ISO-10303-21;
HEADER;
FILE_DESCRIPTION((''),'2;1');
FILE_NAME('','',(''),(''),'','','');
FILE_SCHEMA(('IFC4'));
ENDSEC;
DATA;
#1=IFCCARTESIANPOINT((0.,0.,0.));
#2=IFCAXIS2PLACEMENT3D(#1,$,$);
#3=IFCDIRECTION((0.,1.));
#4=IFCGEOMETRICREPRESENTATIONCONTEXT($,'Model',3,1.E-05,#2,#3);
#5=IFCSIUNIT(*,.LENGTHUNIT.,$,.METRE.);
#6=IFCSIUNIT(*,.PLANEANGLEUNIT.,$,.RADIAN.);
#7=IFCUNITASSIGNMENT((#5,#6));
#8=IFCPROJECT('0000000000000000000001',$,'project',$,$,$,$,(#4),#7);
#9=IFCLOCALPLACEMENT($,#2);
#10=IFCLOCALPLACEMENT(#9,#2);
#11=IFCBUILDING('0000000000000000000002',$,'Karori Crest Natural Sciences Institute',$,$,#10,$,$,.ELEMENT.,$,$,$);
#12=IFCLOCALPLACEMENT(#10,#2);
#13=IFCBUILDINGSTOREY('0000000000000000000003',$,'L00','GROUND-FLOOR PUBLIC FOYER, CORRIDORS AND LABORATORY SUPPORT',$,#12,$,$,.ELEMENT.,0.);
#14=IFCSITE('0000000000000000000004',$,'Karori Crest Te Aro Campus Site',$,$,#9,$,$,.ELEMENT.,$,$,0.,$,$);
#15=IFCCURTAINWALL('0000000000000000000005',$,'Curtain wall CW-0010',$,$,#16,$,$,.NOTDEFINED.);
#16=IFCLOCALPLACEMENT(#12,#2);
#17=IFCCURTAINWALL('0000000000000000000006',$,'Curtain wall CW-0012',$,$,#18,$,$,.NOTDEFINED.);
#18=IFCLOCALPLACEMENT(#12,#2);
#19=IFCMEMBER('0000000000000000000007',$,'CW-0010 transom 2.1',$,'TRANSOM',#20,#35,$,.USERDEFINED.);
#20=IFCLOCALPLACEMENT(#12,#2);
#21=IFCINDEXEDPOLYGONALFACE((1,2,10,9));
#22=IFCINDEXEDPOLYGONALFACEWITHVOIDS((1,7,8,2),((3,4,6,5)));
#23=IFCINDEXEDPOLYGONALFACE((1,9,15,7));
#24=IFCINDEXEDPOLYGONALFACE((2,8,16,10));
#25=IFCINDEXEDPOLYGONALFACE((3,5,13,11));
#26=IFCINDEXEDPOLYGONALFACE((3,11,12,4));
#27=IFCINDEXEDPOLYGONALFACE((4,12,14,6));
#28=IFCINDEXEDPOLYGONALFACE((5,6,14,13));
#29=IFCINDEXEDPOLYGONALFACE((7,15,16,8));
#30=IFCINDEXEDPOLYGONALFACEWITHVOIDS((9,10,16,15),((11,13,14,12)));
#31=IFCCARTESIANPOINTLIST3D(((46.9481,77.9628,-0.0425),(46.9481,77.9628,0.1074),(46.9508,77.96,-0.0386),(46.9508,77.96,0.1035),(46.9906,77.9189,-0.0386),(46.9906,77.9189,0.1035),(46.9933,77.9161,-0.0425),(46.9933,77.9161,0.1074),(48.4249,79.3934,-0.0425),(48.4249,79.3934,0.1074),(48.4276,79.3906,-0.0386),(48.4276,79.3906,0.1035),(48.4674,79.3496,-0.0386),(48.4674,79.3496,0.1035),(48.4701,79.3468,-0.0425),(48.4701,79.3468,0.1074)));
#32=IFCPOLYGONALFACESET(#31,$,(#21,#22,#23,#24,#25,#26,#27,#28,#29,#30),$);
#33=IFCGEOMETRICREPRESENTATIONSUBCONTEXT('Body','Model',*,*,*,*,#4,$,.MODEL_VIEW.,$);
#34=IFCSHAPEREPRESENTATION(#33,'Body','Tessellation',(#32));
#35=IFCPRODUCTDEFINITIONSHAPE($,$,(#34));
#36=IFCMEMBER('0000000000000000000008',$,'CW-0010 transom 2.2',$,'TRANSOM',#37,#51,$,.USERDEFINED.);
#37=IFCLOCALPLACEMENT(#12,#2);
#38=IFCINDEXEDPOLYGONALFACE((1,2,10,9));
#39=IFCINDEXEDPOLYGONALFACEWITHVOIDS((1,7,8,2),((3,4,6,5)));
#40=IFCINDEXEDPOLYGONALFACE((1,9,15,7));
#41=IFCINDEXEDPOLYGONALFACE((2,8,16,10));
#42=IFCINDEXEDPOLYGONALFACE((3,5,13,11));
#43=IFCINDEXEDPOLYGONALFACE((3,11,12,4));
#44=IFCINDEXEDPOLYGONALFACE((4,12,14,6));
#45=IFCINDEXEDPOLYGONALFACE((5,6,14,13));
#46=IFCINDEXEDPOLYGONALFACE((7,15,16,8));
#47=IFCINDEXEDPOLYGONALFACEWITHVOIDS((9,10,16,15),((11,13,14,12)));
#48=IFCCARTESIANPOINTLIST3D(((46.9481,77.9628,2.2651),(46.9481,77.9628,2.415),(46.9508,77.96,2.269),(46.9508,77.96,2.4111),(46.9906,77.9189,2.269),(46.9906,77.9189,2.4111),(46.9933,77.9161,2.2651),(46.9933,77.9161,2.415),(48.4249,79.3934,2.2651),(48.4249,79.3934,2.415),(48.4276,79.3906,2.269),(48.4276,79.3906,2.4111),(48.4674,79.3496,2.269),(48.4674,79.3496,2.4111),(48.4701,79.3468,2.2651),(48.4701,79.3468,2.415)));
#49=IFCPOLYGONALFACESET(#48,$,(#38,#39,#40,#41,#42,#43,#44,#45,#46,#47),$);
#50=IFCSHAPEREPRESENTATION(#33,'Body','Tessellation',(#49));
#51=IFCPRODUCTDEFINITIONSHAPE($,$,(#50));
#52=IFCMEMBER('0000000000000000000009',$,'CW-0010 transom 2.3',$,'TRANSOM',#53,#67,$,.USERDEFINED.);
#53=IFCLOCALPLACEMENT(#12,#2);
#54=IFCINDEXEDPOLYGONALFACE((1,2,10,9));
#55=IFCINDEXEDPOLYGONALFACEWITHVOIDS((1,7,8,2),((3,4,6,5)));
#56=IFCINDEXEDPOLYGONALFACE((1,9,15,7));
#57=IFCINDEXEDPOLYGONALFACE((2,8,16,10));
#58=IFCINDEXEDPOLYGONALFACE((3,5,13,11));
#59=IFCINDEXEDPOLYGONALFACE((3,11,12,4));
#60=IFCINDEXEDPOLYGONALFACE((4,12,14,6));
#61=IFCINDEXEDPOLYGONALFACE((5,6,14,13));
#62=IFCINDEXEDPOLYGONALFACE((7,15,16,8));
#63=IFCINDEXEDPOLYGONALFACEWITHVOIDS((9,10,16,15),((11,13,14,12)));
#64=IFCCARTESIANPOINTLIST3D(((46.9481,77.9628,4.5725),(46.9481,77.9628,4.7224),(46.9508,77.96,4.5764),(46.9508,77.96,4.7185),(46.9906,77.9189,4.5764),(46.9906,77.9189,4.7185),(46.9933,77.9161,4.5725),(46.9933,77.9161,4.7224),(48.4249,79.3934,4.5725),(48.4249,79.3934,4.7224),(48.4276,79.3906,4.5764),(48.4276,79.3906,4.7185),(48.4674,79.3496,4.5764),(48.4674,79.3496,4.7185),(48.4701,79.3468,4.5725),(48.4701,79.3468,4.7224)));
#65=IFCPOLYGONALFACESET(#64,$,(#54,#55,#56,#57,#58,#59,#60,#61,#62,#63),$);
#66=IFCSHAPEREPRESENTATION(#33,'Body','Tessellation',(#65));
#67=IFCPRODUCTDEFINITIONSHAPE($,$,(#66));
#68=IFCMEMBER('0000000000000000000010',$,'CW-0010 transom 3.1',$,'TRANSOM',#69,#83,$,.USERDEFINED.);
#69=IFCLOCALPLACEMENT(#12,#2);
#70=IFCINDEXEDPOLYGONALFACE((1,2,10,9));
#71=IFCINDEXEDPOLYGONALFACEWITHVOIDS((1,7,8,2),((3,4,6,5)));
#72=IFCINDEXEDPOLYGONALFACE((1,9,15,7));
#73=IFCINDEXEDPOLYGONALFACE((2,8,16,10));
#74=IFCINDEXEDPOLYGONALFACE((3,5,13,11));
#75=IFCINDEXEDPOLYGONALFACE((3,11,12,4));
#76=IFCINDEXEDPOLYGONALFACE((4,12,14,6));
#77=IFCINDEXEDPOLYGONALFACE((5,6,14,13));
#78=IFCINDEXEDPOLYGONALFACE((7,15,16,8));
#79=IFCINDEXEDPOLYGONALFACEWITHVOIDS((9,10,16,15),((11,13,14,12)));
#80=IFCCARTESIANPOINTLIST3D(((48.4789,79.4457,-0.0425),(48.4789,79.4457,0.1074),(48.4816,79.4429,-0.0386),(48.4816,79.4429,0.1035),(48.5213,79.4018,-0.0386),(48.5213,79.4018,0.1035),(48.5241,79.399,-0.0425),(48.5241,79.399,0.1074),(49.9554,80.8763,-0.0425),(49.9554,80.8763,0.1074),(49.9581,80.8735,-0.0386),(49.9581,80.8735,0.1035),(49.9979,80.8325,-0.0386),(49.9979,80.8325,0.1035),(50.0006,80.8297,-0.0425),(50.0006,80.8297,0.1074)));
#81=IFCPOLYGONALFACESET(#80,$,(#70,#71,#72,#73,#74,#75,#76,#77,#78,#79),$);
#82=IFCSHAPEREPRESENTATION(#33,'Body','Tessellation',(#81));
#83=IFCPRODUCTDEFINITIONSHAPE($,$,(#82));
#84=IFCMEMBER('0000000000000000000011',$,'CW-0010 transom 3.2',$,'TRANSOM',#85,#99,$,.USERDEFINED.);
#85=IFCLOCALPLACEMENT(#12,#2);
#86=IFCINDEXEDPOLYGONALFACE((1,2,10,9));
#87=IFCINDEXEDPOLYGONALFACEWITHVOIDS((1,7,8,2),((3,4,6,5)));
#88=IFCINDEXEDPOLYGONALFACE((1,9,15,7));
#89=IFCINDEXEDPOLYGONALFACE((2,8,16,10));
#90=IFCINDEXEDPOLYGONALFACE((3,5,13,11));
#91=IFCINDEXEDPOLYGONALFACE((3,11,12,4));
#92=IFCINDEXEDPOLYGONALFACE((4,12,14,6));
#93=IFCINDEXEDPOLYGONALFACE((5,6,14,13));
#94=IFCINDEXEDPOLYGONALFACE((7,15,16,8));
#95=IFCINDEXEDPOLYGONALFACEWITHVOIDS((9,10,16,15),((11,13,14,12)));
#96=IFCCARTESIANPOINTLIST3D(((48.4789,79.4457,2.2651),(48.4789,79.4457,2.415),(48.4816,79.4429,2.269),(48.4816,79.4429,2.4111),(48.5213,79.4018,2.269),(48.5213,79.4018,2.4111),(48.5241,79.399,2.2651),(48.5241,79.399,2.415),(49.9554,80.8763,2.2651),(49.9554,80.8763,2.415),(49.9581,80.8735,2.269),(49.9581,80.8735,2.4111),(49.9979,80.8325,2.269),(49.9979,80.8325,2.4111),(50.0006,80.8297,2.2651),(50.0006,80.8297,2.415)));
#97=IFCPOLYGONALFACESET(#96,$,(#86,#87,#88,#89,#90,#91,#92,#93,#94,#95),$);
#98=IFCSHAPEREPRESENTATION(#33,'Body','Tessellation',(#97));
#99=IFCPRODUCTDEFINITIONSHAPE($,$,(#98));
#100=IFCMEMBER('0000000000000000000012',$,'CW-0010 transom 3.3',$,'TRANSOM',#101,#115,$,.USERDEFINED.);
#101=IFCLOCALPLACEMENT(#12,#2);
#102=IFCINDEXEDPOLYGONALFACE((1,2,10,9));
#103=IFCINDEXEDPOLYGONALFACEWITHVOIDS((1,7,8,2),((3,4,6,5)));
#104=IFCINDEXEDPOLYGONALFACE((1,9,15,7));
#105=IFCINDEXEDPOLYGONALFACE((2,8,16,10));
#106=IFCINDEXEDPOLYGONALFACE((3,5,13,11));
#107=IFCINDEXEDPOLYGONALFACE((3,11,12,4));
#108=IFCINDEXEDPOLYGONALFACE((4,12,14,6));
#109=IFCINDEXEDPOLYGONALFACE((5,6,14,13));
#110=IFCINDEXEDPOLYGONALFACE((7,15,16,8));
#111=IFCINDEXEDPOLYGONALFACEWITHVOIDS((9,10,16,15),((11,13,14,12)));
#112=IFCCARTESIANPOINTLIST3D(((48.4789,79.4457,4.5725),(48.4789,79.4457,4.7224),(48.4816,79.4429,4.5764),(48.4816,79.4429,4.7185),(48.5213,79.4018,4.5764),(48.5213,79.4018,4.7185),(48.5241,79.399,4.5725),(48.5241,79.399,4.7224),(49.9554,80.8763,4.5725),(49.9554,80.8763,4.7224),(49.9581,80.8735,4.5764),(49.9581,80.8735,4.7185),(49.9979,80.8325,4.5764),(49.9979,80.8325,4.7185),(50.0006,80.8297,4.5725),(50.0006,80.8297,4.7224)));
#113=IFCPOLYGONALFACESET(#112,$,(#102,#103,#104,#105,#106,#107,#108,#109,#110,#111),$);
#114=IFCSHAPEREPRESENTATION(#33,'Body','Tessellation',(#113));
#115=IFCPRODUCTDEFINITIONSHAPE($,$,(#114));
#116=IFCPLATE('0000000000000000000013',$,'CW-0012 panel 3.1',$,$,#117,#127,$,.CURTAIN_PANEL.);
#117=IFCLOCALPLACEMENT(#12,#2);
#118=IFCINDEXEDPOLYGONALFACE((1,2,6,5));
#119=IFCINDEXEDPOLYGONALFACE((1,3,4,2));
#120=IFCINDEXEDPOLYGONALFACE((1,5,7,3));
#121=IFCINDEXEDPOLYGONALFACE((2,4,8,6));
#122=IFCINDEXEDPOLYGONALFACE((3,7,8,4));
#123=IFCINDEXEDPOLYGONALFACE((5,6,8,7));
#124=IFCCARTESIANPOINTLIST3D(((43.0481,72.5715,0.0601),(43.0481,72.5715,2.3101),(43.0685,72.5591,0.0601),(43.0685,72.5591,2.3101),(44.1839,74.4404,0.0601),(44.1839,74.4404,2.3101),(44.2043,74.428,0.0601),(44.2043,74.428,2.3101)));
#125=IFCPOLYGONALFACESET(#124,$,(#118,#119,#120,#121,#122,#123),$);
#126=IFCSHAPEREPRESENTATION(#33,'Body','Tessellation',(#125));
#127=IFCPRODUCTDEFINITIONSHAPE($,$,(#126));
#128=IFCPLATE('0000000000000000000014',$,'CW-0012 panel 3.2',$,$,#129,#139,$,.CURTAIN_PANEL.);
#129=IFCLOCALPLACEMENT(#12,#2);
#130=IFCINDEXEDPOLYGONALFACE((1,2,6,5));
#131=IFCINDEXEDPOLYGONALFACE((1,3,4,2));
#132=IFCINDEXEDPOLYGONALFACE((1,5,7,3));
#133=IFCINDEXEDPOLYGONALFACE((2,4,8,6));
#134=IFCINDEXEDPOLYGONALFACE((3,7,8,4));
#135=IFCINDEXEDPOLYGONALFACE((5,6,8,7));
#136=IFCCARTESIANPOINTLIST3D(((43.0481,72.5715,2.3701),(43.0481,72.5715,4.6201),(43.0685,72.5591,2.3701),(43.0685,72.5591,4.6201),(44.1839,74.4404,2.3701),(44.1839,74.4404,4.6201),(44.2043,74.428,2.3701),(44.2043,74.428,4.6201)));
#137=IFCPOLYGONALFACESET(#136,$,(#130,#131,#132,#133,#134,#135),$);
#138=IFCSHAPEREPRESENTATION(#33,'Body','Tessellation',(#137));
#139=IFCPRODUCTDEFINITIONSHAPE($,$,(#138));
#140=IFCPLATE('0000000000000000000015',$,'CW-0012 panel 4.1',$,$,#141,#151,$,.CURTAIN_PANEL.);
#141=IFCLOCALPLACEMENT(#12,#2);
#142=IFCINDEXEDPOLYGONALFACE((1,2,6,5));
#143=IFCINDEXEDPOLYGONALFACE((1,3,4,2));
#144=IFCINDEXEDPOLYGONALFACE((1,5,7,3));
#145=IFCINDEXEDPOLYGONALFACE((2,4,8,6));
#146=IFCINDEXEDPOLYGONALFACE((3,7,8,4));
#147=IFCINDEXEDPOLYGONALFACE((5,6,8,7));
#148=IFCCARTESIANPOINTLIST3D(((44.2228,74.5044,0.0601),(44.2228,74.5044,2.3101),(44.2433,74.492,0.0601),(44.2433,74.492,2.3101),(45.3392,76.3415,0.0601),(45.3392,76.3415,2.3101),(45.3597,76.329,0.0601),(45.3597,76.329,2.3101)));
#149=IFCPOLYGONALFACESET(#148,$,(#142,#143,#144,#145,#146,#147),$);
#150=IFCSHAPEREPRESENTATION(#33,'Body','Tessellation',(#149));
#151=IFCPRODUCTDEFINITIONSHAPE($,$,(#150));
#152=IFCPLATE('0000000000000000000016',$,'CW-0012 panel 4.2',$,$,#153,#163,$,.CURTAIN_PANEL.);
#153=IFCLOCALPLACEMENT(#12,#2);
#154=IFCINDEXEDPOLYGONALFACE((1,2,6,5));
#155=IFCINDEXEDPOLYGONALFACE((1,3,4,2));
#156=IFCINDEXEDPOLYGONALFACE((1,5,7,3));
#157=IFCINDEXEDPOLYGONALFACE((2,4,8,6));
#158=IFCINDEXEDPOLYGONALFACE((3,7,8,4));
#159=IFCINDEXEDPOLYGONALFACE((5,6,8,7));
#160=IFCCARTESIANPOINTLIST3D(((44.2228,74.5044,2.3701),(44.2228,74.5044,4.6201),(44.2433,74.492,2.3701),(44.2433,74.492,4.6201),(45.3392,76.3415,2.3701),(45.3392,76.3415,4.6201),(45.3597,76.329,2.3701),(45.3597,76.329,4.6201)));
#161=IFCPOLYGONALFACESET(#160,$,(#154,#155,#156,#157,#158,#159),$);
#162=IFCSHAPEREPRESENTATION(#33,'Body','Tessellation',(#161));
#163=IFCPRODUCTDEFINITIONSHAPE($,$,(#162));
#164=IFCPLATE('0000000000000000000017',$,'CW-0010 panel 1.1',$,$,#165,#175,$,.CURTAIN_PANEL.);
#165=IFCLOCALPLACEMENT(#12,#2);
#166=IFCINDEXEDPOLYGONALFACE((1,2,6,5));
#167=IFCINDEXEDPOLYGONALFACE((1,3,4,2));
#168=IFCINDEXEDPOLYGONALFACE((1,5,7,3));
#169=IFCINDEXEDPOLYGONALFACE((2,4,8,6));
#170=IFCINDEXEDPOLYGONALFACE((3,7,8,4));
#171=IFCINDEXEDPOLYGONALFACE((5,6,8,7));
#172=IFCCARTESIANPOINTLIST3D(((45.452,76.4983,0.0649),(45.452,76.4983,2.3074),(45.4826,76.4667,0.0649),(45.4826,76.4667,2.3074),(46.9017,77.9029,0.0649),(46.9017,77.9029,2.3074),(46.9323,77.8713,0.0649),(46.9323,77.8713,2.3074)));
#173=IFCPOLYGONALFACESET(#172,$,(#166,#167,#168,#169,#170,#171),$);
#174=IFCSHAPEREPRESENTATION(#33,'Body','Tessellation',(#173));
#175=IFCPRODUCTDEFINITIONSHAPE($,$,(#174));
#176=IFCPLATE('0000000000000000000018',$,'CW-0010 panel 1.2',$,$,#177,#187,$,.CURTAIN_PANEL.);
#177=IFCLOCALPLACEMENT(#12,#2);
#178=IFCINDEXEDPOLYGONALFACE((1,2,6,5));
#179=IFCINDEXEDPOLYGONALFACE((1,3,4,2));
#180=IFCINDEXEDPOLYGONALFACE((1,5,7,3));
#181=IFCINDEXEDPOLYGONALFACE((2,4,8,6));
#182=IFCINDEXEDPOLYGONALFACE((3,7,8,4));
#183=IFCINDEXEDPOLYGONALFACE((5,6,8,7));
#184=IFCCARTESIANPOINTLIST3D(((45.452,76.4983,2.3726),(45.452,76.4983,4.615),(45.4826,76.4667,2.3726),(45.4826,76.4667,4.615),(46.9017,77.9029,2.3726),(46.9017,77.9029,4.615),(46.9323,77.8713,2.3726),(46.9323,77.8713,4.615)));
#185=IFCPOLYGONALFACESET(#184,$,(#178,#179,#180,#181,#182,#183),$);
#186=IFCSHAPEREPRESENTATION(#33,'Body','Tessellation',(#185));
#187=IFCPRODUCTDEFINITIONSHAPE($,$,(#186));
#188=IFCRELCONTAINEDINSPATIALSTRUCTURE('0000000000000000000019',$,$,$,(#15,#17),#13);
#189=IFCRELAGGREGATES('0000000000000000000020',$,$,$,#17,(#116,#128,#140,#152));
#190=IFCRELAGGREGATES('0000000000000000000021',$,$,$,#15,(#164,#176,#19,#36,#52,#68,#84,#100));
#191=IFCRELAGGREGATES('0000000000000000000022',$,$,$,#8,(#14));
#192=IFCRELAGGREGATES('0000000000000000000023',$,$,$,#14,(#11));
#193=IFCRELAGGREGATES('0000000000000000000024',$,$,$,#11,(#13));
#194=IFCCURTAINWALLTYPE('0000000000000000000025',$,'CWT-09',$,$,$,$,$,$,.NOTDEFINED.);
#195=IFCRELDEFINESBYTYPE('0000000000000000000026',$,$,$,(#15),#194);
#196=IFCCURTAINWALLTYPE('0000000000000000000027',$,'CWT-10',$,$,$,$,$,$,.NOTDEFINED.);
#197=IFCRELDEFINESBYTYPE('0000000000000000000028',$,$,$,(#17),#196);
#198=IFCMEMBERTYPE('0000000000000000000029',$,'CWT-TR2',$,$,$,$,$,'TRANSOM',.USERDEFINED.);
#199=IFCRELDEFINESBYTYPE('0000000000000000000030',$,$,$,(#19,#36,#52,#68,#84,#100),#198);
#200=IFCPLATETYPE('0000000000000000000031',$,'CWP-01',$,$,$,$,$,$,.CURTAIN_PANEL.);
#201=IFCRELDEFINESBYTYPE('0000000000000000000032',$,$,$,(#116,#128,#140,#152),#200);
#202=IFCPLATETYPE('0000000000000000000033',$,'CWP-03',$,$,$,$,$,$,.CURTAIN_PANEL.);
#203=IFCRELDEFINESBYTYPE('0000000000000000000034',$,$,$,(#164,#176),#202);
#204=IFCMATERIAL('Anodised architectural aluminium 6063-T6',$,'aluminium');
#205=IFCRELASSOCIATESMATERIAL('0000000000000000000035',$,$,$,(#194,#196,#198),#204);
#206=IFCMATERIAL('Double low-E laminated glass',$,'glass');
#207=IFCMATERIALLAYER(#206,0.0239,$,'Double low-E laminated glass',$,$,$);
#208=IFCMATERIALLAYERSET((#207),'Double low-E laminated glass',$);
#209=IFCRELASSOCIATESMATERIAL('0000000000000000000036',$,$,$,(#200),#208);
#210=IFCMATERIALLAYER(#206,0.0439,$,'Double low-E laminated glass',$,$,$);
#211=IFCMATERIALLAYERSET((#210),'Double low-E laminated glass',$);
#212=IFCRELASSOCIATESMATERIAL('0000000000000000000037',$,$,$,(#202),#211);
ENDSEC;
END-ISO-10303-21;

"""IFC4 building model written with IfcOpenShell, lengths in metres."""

from ifc_helpers import new_model, si_unit, direction, frame, origin, origin_2d, place, context, subcontext, project, spatial, rectangle, hollow_rectangle, extrude, material, layer, layer_set, material_profile, profile_set, type_object, element, aggregate, save


model = new_model("IFC4")

# Units and contexts
model_context = context("Model", 3, precision=1e-05, world=origin(), true_north=direction((0.0, 1.0)))
body_context = subcontext(model_context, "Body", "Model", "MODEL_VIEW")
ifc_project = project(units=[si_unit("LENGTHUNIT", "METRE"), si_unit("PLANEANGLEUNIT", "RADIAN")], contexts=[model_context])

# Site, building, storey
site_placement = place(None, origin())
site = spatial("IfcSite", under=ifc_project, at=site_placement, Name="Karori Crest Te Aro Campus Site", CompositionType="ELEMENT", RefElevation=0.0)
building_placement = place(site_placement, origin())
building = spatial("IfcBuilding", under=site, at=building_placement, Name="Karori Crest Natural Sciences Institute", CompositionType="ELEMENT")
storey_placement = place(building_placement, origin())
storey = spatial("IfcBuildingStorey", under=building, at=storey_placement, Name="L00", Description="GROUND-FLOOR PUBLIC FOYER, CORRIDORS AND LABORATORY SUPPORT", CompositionType="ELEMENT", Elevation=0.0)

# Curtain walls
ifc_material_1 = material(Name="Anodised architectural aluminium 6063-T6", Category="aluminium")
curtain_wall_type_1 = type_object("IfcCurtainWallType", Name="CWT-09", PredefinedType="NOTDEFINED", material=ifc_material_1)
curtain_wall_1_placement = place(storey_placement, origin())
curtain_wall_1 = element("IfcCurtainWall", 1, at=curtain_wall_1_placement, inside=storey, type_object=curtain_wall_type_1, Name="Curtain wall CW-0010", PredefinedType="NOTDEFINED")
curtain_wall_type_2 = type_object("IfcCurtainWallType", Name="CWT-10", PredefinedType="NOTDEFINED", material=ifc_material_1)
curtain_wall_2_placement = place(storey_placement, origin())
curtain_wall_2 = element("IfcCurtainWall", 2, at=curtain_wall_2_placement, inside=storey, type_object=curtain_wall_type_2, Name="Curtain wall CW-0012", PredefinedType="NOTDEFINED")

# Members
ifc_material_profile_1 = material_profile(ifc_material_1, hollow_rectangle(XDim=0.0649, YDim=0.1499, WallThickness=0.0039, at=origin_2d()), Name="CWT150x65x4")
ifc_profile_set_1 = profile_set([ifc_material_profile_1], Name="Anodised architectural aluminium 6063-T6")
member_type_1 = type_object("IfcMemberType", Name="CWT-TR2", ElementType="TRANSOM", PredefinedType="USERDEFINED", material=ifc_profile_set_1)
member_1_placement = place(storey_placement, frame((46.9707, 77.9395, 0.0325), z_axis=(0.718238, 0.695797, 0.0), x_axis=(-0.695797, 0.718238, 0.0)))
member_1 = element("IfcMember", 3, at=member_1_placement, type_object=member_type_1, Name="CW-0010 transom 2.1", ObjectType="TRANSOM", PredefinedType="USERDEFINED", context=body_context, shape_type="SweptSolid", body=[
    extrude(hollow_rectangle(XDim=0.0649, YDim=0.1499, WallThickness=0.0039, at=origin_2d()), origin(), (0.0, 0.0, 1.0), 2.0562),
])
member_2_placement = place(storey_placement, frame((46.9707, 77.9395, 2.3401), z_axis=(0.718238, 0.695797, 0.0), x_axis=(-0.695797, 0.718238, 0.0)))
member_2 = element("IfcMember", 4, at=member_2_placement, type_object=member_type_1, Name="CW-0010 transom 2.2", ObjectType="TRANSOM", PredefinedType="USERDEFINED", context=body_context, shape_type="SweptSolid", body=[
    extrude(hollow_rectangle(XDim=0.0649, YDim=0.1499, WallThickness=0.0039, at=origin_2d()), origin(), (0.0, 0.0, 1.0), 2.0562),
])
member_3_placement = place(storey_placement, frame((46.9707, 77.9395, 4.6475), z_axis=(0.718238, 0.695797, 0.0), x_axis=(-0.695797, 0.718238, 0.0)))
member_3 = element("IfcMember", 5, at=member_3_placement, type_object=member_type_1, Name="CW-0010 transom 2.3", ObjectType="TRANSOM", PredefinedType="USERDEFINED", context=body_context, shape_type="SweptSolid", body=[
    extrude(hollow_rectangle(XDim=0.0649, YDim=0.1499, WallThickness=0.0039, at=origin_2d()), origin(), (0.0, 0.0, 1.0), 2.0562),
])
member_4_placement = place(storey_placement, frame((48.5015, 79.4224, 0.0325), z_axis=(0.718181, 0.695856, 0.0), x_axis=(-0.695856, 0.718181, 0.0)))
member_4 = element("IfcMember", 6, at=member_4_placement, type_object=member_type_1, Name="CW-0010 transom 3.1", ObjectType="TRANSOM", PredefinedType="USERDEFINED", context=body_context, shape_type="SweptSolid", body=[
    extrude(hollow_rectangle(XDim=0.0649, YDim=0.1499, WallThickness=0.0039, at=origin_2d()), origin(), (0.0, 0.0, 1.0), 2.0559),
])
member_5_placement = place(storey_placement, frame((48.5015, 79.4224, 2.3401), z_axis=(0.718181, 0.695856, 0.0), x_axis=(-0.695856, 0.718181, 0.0)))
member_5 = element("IfcMember", 7, at=member_5_placement, type_object=member_type_1, Name="CW-0010 transom 3.2", ObjectType="TRANSOM", PredefinedType="USERDEFINED", context=body_context, shape_type="SweptSolid", body=[
    extrude(hollow_rectangle(XDim=0.0649, YDim=0.1499, WallThickness=0.0039, at=origin_2d()), origin(), (0.0, 0.0, 1.0), 2.0559),
])
member_6_placement = place(storey_placement, frame((48.5015, 79.4224, 4.6475), z_axis=(0.718181, 0.695856, 0.0), x_axis=(-0.695856, 0.718181, 0.0)))
member_6 = element("IfcMember", 8, at=member_6_placement, type_object=member_type_1, Name="CW-0010 transom 3.3", ObjectType="TRANSOM", PredefinedType="USERDEFINED", context=body_context, shape_type="SweptSolid", body=[
    extrude(hollow_rectangle(XDim=0.0649, YDim=0.1499, WallThickness=0.0039, at=origin_2d()), origin(), (0.0, 0.0, 1.0), 2.0559),
])

# Plates
ifc_material_2 = material(Name="Double low-E laminated glass", Category="glass")
ifc_layer_1 = layer(ifc_material_2, 0.0239, Name="Double low-E laminated glass")
ifc_layer_set_1 = layer_set([ifc_layer_1], Name="Double low-E laminated glass")
plate_type_1 = type_object("IfcPlateType", Name="CWP-01", PredefinedType="CURTAIN_PANEL", material=ifc_layer_set_1)
plate_1_placement = place(storey_placement, frame((43.6262, 73.4998, 0.0601), z_axis=(0.0, 0.0, 1.0), x_axis=(0.519341, 0.854567, 0.0)))
plate_1 = element("IfcPlate", 9, at=plate_1_placement, type_object=plate_type_1, Name="CW-0012 panel 3.1", PredefinedType="CURTAIN_PANEL", context=body_context, shape_type="SweptSolid", body=[
    extrude(rectangle(XDim=2.187, YDim=0.0239, at=origin_2d()), origin(), (0.0, 0.0, 1.0), 2.25),
])
plate_2_placement = place(storey_placement, frame((43.6262, 73.4998, 2.3701), z_axis=(0.0, 0.0, 1.0), x_axis=(0.519341, 0.854567, 0.0)))
plate_2 = element("IfcPlate", 10, at=plate_2_placement, type_object=plate_type_1, Name="CW-0012 panel 3.2", PredefinedType="CURTAIN_PANEL", context=body_context, shape_type="SweptSolid", body=[
    extrude(rectangle(XDim=2.187, YDim=0.0239, at=origin_2d()), origin(), (0.0, 0.0, 1.0), 2.25),
])
plate_3_placement = place(storey_placement, frame((44.7913, 75.4167, 0.0601), z_axis=(0.0, 0.0, 1.0), x_axis=(0.519341, 0.854567, 0.0)))
plate_3 = element("IfcPlate", 11, at=plate_3_placement, type_object=plate_type_1, Name="CW-0012 panel 4.1", PredefinedType="CURTAIN_PANEL", context=body_context, shape_type="SweptSolid", body=[
    extrude(rectangle(XDim=2.1497, YDim=0.0239, at=origin_2d()), origin(), (0.0, 0.0, 1.0), 2.25),
])
plate_4_placement = place(storey_placement, frame((44.7913, 75.4167, 2.3701), z_axis=(0.0, 0.0, 1.0), x_axis=(0.519341, 0.854567, 0.0)))
plate_4 = element("IfcPlate", 12, at=plate_4_placement, type_object=plate_type_1, Name="CW-0012 panel 4.2", PredefinedType="CURTAIN_PANEL", context=body_context, shape_type="SweptSolid", body=[
    extrude(rectangle(XDim=2.1497, YDim=0.0239, at=origin_2d()), origin(), (0.0, 0.0, 1.0), 2.25),
])
aggregate(curtain_wall_2, [plate_1, plate_2, plate_3, plate_4])
ifc_layer_2 = layer(ifc_material_2, 0.0439, Name="Double low-E laminated glass")
ifc_layer_set_2 = layer_set([ifc_layer_2], Name="Double low-E laminated glass")
plate_type_2 = type_object("IfcPlateType", Name="CWP-03", PredefinedType="CURTAIN_PANEL", material=ifc_layer_set_2)
plate_5_placement = place(storey_placement, frame((46.1921, 77.1848, 0.0649), z_axis=(0.0, 0.0, 1.0), x_axis=(0.718198, 0.695839, 0.0)))
plate_5 = element("IfcPlate", 13, at=plate_5_placement, type_object=plate_type_2, Name="CW-0010 panel 1.1", PredefinedType="CURTAIN_PANEL", context=body_context, shape_type="SweptSolid", body=[
    extrude(rectangle(XDim=2.0186, YDim=0.0439, at=origin_2d()), origin(), (0.0, 0.0, 1.0), 2.2424),
])
plate_6_placement = place(storey_placement, frame((46.1921, 77.1848, 2.3726), z_axis=(0.0, 0.0, 1.0), x_axis=(0.718198, 0.695839, 0.0)))
plate_6 = element("IfcPlate", 14, at=plate_6_placement, type_object=plate_type_2, Name="CW-0010 panel 1.2", PredefinedType="CURTAIN_PANEL", context=body_context, shape_type="SweptSolid", body=[
    extrude(rectangle(XDim=2.0186, YDim=0.0439, at=origin_2d()), origin(), (0.0, 0.0, 1.0), 2.2424),
])
aggregate(curtain_wall_1, [plate_5, plate_6, member_1, member_2, member_3, member_4, member_5, member_6])

save(model, "model.ifc")
